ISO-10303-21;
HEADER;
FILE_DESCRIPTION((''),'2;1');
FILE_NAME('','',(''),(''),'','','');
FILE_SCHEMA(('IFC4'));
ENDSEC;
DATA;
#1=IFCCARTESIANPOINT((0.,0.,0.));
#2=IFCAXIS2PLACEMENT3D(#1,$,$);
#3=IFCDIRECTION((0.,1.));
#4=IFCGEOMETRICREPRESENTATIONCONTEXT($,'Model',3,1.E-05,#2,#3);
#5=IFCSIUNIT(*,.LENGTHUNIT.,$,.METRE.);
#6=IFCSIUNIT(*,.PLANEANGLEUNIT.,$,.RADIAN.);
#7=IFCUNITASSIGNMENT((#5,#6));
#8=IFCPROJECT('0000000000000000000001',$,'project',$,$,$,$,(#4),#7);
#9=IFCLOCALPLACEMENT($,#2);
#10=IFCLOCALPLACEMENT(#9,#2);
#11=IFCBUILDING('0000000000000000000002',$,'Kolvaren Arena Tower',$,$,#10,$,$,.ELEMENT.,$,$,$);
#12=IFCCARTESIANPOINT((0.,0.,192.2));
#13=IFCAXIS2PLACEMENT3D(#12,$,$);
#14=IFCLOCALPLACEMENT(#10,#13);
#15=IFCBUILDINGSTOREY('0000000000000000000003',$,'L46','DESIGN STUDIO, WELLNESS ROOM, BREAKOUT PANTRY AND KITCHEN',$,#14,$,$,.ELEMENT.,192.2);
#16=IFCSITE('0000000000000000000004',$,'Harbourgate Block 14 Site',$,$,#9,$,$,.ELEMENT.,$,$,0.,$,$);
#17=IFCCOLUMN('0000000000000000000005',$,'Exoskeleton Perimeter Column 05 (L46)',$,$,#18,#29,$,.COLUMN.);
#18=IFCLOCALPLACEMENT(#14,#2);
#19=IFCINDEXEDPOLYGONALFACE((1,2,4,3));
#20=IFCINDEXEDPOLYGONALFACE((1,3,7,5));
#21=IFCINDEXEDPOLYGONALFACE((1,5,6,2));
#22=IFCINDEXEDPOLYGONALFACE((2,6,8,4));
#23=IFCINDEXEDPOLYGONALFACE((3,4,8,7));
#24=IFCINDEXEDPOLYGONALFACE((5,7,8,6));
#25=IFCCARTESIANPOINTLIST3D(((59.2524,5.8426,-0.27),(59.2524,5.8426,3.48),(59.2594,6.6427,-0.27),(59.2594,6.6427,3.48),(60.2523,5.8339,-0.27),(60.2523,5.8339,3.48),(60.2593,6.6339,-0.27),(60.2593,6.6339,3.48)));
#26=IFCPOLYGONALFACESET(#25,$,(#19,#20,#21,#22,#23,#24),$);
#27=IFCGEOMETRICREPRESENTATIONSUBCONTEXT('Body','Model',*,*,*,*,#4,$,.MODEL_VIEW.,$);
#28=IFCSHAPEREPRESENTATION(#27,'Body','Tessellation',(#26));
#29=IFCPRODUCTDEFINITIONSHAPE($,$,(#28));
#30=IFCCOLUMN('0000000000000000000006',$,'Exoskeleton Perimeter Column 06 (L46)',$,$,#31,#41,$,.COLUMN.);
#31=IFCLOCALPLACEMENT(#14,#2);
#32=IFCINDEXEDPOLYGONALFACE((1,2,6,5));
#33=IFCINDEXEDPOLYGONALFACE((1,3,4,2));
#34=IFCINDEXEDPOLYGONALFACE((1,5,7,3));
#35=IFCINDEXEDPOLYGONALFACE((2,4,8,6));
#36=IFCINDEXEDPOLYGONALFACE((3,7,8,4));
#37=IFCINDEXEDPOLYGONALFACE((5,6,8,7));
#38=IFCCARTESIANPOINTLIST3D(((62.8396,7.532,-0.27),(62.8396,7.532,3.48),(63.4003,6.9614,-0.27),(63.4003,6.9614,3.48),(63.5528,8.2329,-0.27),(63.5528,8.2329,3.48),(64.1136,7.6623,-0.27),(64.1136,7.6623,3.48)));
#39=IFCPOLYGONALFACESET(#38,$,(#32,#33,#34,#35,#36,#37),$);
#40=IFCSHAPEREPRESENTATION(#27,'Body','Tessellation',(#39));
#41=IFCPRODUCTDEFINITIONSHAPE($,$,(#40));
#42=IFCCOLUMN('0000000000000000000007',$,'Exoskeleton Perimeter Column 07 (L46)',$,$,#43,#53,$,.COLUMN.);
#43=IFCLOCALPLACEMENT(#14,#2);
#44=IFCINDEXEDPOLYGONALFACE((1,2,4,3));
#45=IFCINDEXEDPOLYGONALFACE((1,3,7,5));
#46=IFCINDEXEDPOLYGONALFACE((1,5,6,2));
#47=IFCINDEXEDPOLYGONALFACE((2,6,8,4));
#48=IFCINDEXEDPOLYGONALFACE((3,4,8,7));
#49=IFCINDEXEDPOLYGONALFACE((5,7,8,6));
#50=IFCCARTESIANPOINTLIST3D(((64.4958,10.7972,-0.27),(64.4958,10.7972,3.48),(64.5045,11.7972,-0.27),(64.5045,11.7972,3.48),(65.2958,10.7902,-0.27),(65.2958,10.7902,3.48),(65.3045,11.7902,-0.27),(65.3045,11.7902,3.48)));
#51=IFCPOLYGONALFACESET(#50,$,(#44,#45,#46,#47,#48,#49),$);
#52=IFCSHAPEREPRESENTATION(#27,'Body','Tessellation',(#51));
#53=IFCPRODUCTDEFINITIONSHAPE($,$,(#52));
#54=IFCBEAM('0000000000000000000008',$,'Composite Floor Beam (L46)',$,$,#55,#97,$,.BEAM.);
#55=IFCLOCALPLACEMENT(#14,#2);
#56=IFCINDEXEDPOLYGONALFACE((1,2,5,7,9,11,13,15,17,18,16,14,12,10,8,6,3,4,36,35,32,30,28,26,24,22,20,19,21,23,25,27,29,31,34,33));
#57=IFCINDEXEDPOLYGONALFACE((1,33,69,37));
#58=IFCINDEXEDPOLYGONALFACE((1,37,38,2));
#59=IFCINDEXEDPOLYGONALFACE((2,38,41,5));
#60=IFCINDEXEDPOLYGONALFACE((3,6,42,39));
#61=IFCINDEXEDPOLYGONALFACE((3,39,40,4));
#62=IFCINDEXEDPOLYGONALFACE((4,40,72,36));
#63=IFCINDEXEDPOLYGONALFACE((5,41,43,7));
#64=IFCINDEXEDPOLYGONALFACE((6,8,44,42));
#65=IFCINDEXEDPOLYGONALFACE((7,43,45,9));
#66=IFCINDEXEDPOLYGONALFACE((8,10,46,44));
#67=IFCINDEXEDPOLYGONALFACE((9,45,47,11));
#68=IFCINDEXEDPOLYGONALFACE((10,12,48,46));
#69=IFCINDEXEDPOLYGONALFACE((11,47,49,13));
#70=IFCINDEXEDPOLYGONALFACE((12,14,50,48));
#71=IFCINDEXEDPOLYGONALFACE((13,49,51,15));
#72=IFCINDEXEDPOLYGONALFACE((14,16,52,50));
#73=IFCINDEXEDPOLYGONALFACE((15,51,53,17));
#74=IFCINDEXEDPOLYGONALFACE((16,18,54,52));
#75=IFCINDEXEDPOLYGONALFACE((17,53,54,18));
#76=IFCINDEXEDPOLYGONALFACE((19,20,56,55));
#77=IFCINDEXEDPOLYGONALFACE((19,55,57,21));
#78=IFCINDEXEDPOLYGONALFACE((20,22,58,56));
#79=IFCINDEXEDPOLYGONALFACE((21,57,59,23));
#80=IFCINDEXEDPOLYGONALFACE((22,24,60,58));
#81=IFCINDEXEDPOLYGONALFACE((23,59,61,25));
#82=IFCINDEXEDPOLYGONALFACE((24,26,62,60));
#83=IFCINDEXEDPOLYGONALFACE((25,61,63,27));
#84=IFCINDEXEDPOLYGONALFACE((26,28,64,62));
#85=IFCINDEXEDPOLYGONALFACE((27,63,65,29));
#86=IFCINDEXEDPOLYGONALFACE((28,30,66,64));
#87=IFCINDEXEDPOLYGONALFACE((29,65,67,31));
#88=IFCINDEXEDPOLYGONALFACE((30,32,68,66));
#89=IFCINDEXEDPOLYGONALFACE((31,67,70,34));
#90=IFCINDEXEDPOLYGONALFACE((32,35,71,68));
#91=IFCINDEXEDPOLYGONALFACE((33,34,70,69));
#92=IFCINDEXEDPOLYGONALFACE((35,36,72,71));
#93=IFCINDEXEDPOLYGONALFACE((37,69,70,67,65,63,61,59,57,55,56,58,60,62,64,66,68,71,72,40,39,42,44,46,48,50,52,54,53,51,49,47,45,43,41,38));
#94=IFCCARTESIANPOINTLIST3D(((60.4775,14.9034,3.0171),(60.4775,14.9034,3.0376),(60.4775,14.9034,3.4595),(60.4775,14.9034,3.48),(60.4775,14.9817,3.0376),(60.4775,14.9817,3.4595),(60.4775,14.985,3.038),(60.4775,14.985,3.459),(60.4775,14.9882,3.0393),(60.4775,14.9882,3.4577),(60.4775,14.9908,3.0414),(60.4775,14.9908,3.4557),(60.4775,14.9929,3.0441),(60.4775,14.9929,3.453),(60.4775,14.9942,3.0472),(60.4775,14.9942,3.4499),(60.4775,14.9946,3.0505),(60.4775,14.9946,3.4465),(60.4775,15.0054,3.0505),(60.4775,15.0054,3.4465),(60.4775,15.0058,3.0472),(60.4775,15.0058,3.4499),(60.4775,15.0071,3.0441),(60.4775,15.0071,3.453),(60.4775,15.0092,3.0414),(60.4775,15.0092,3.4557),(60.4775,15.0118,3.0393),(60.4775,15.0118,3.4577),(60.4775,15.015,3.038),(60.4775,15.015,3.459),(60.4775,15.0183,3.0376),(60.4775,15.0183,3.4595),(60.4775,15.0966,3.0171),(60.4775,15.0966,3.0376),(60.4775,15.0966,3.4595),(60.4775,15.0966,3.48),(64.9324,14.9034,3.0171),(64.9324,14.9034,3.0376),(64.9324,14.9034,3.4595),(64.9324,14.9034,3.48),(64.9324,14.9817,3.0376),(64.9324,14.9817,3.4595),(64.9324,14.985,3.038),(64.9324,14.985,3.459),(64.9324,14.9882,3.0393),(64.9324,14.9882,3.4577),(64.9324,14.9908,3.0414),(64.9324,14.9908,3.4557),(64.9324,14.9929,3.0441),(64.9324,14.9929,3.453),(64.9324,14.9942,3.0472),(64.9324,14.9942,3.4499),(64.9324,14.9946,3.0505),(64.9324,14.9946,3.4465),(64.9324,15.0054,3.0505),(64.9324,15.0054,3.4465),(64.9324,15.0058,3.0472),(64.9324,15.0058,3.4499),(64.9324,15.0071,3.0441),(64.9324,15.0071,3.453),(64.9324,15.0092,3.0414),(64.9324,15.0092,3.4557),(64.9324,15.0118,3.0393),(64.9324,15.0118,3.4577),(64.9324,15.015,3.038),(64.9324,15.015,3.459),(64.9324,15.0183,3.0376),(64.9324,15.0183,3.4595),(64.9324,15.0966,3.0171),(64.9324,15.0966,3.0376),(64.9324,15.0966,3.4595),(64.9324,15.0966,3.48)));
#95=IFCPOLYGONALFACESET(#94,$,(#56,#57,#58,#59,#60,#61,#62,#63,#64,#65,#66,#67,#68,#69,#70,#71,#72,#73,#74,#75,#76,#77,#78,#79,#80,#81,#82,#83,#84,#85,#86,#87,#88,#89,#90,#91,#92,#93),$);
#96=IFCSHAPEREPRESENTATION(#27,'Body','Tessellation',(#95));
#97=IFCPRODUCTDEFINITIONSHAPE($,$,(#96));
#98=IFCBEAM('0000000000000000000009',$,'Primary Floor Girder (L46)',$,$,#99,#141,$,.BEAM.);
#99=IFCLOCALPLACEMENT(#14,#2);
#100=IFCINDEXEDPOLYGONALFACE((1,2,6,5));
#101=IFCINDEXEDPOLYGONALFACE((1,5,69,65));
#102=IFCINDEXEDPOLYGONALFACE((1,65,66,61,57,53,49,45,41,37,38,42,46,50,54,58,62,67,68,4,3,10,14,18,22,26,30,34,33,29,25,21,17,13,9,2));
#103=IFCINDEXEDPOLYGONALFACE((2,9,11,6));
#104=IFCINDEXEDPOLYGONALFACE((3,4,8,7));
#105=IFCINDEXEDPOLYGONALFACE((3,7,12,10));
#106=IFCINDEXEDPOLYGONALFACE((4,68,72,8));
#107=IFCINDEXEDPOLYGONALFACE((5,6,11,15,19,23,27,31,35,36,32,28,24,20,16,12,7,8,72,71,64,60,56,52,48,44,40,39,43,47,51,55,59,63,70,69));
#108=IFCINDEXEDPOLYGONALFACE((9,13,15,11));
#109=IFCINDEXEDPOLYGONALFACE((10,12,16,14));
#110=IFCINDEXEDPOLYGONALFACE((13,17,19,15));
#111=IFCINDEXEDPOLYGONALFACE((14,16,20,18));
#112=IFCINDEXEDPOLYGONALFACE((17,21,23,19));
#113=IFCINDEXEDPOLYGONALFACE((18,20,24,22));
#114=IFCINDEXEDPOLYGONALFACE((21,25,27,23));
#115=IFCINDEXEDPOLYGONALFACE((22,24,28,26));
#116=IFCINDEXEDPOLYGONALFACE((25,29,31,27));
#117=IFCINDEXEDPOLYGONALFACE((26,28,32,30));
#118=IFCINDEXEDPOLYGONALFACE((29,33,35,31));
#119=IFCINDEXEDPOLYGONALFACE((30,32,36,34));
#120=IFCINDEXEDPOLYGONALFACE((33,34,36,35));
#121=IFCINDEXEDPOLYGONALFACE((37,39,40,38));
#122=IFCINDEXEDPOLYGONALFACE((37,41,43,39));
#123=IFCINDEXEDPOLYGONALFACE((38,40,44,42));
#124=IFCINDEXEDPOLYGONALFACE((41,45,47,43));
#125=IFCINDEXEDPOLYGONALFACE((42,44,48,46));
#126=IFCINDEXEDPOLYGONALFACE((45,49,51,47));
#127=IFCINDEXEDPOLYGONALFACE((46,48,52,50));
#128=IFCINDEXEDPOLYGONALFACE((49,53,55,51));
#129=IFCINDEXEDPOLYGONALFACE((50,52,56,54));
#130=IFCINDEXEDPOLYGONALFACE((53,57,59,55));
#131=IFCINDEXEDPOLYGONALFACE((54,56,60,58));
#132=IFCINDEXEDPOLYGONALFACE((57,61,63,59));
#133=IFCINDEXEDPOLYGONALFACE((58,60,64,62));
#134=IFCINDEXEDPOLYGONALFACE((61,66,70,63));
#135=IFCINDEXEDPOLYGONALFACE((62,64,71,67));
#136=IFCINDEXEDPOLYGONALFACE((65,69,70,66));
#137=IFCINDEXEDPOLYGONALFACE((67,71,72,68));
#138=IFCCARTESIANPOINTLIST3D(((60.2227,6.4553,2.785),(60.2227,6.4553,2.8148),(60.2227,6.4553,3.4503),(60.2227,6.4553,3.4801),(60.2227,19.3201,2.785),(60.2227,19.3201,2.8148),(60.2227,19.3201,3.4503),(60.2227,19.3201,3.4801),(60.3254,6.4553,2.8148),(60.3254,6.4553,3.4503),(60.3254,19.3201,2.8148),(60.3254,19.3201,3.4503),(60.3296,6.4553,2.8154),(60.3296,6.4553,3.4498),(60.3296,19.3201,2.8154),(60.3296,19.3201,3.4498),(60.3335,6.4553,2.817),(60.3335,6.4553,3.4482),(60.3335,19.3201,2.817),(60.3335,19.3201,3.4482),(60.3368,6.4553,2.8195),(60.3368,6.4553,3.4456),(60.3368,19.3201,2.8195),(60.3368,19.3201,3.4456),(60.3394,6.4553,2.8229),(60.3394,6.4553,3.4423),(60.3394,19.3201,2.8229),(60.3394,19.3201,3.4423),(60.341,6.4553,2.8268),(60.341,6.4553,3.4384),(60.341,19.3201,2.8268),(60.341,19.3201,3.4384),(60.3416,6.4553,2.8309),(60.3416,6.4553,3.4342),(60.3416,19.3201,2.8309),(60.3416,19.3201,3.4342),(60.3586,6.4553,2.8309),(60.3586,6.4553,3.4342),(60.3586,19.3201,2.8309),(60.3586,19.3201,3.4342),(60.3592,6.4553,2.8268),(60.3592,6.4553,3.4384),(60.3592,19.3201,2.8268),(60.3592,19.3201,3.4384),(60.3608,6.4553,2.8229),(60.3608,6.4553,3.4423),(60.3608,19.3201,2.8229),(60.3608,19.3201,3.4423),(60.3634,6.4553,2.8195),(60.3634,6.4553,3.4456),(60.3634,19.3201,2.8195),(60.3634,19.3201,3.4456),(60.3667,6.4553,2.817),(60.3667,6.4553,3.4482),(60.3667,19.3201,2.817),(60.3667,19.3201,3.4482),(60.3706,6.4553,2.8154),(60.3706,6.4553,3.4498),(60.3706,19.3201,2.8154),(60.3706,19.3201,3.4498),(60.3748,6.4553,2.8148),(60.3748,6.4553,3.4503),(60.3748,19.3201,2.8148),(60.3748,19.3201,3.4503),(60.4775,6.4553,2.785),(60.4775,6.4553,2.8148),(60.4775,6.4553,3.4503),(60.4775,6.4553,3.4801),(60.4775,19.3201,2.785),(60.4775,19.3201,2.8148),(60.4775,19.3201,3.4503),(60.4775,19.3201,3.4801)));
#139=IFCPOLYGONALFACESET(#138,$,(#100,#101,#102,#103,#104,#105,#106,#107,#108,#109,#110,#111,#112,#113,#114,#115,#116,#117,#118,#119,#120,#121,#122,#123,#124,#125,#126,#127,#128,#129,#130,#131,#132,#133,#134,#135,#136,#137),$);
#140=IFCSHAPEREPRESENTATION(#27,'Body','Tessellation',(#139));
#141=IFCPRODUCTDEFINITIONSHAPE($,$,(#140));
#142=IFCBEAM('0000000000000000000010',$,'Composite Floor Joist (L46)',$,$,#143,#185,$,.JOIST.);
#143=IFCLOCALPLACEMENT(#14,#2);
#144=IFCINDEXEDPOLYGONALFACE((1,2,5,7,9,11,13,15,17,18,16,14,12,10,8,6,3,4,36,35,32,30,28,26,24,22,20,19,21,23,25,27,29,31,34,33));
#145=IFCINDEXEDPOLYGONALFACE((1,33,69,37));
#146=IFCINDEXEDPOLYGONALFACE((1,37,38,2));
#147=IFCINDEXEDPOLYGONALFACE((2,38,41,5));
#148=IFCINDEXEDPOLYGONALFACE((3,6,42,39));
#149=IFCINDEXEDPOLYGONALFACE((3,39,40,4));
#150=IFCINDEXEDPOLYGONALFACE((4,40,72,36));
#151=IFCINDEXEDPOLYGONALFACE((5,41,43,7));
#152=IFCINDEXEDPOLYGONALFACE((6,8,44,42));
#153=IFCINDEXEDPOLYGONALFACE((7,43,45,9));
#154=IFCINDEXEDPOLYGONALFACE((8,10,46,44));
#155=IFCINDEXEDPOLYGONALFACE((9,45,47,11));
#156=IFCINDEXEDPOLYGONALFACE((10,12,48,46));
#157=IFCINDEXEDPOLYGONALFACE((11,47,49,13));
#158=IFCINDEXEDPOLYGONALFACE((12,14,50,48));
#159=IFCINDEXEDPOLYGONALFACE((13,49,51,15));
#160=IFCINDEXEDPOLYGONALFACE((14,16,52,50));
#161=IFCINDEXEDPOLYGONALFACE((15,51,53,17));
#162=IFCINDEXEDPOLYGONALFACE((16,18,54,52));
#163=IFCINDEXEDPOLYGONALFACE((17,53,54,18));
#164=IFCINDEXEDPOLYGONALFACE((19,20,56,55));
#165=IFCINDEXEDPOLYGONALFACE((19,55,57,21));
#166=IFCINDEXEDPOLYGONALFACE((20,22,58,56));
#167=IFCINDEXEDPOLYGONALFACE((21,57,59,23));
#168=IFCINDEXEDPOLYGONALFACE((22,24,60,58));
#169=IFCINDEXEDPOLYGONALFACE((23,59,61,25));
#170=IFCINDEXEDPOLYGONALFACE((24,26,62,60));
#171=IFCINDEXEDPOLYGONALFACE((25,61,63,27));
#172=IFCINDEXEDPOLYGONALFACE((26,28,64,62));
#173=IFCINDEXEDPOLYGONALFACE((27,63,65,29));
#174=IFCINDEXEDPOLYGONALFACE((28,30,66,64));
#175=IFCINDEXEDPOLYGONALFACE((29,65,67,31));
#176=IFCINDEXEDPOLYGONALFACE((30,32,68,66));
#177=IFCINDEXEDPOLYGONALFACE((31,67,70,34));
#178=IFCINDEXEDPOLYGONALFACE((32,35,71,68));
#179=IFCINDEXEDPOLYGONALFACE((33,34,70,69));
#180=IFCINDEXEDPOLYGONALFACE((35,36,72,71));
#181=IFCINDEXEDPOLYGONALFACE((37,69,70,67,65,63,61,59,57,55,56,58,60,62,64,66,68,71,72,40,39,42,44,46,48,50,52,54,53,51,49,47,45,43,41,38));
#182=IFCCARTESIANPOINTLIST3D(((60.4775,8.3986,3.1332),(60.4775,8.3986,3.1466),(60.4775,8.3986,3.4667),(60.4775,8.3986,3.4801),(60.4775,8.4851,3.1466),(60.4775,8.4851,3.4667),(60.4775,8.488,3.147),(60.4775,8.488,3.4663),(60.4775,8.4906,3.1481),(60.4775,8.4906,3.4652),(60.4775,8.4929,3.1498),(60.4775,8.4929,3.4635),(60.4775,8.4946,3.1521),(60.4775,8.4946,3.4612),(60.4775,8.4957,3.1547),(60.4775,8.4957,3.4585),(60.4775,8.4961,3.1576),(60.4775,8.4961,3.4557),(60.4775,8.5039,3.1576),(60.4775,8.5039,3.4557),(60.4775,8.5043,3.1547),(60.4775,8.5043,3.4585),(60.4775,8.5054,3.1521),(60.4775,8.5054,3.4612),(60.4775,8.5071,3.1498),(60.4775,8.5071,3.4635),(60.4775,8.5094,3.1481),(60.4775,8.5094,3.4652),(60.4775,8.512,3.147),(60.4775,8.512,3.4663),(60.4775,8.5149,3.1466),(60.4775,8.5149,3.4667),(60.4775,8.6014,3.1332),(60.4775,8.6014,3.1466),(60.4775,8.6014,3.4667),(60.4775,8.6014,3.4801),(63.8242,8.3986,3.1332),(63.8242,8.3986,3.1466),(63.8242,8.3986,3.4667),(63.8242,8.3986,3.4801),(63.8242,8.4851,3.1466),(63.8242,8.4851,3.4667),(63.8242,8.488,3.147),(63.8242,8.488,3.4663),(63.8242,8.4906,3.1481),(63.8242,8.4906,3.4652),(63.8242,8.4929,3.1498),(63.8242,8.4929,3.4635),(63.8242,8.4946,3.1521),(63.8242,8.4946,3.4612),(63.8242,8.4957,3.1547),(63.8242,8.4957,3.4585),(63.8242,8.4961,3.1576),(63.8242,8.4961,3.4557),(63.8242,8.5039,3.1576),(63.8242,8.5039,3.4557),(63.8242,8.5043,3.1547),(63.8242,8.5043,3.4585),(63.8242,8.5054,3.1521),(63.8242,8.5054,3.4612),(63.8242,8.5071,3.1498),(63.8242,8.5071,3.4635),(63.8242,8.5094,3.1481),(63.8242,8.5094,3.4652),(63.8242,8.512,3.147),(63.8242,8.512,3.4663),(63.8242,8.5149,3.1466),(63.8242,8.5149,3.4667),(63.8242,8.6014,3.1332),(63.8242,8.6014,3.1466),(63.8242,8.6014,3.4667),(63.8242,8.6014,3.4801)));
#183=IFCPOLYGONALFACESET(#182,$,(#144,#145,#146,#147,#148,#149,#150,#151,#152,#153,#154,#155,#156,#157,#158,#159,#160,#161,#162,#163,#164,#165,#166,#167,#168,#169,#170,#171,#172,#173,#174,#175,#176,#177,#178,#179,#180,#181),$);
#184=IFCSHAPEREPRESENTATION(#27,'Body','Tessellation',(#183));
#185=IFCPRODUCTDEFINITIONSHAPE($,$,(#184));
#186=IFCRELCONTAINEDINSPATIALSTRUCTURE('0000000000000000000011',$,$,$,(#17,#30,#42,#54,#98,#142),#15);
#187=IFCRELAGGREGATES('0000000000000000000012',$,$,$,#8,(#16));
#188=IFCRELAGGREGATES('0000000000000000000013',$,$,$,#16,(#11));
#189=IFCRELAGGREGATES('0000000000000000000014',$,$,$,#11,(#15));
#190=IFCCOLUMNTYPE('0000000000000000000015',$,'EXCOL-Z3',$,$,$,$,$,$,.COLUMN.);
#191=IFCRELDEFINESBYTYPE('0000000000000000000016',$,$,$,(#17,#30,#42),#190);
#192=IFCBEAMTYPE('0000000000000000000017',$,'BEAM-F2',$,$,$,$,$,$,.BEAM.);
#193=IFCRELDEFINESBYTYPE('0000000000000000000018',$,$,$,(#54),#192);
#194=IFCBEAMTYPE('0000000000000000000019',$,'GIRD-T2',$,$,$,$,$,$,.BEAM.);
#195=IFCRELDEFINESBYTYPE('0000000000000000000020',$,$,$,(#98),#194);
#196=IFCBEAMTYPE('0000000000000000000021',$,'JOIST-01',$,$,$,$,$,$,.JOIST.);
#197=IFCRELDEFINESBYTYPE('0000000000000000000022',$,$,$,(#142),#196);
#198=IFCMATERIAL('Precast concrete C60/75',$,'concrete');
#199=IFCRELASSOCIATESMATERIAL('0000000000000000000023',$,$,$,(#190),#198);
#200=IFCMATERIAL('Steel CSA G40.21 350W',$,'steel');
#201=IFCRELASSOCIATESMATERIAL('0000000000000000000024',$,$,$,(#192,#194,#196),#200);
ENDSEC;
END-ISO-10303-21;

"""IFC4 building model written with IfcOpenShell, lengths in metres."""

from ifc_helpers import new_model, si_unit, direction, frame, origin, origin_2d, place, context, subcontext, project, spatial, rectangle, i_section, extrude, material, material_profile, profile_set, type_object, element, save


model = new_model("IFC4")

# Units and contexts
model_context = context("Model", 3, precision=1e-05, world=origin(), true_north=direction((0.0, 1.0)))
body_context = subcontext(model_context, "Body", "Model", "MODEL_VIEW")
ifc_project = project(units=[si_unit("LENGTHUNIT", "METRE"), si_unit("PLANEANGLEUNIT", "RADIAN")], contexts=[model_context])

# Site, building, storey
site_placement = place(None, origin())
site = spatial("IfcSite", under=ifc_project, at=site_placement, Name="Harbourgate Block 14 Site", CompositionType="ELEMENT", RefElevation=0.0)
building_placement = place(site_placement, origin())
building = spatial("IfcBuilding", under=site, at=building_placement, Name="Kolvaren Arena Tower", CompositionType="ELEMENT")
storey_placement = place(building_placement, frame((0.0, 0.0, 192.2)))
storey = spatial("IfcBuildingStorey", under=building, at=storey_placement, Name="L46", Description="DESIGN STUDIO, WELLNESS ROOM, BREAKOUT PANTRY AND KITCHEN", CompositionType="ELEMENT", Elevation=192.2)

# Columns
ifc_material_1 = material(Name="Precast concrete C60/75", Category="concrete")
ifc_material_profile_1 = material_profile(ifc_material_1, rectangle(XDim=1.0, YDim=0.8, at=origin_2d()), Name="RC-1000x800")
ifc_profile_set_1 = profile_set([ifc_material_profile_1], Name="Precast concrete C60/75")
column_type = type_object("IfcColumnType", Name="EXCOL-Z3", PredefinedType="COLUMN", material=ifc_profile_set_1)
for number, where, z_axis, x_axis, name in (
    (1, (59.7559, 6.2383, -0.27), (0.0, 0.0, 1.0), (0.999962, -0.008727, 0.0), "Exoskeleton Perimeter Column 05 (L46)"),
    (2, (63.4766, 7.5972, -0.27), (0.0, 0.0, 1.0), (0.71325, 0.700909, 0.0), "Exoskeleton Perimeter Column 06 (L46)"),
    (3, (64.9001, 11.2937, -0.27), (0.0, 0.0, 1.0), (0.008727, 0.999962, 0.0), "Exoskeleton Perimeter Column 07 (L46)"),
):
    element("IfcColumn", number, at=place(storey_placement, frame(where, z_axis=z_axis, x_axis=x_axis)), inside=storey, type_object=column_type, Name=name, PredefinedType="COLUMN", context=body_context, shape_type="SweptSolid", body=[
        extrude(rectangle(XDim=1.0, YDim=0.8, at=origin_2d()), origin(), (0.0, 0.0, 1.0), 3.75),
    ])

# Beams
ifc_material_2 = material(Name="Steel CSA G40.21 350W", Category="steel")
ifc_material_profile_2 = material_profile(ifc_material_2, i_section(OverallWidth=0.1931, OverallDepth=0.4629, WebThickness=0.0107, FlangeThickness=0.0205, FilletRadius=0.0129, at=origin_2d()), Name="W460x113")
ifc_profile_set_2 = profile_set([ifc_material_profile_2], Name="Steel CSA G40.21 350W")
beam_type_1 = type_object("IfcBeamType", Name="BEAM-F2", PredefinedType="BEAM", material=ifc_profile_set_2)
beam_1_placement = place(storey_placement, frame((60.4775, 15.0, 3.2485), z_axis=(1.0, 0.0, 0.0), x_axis=(0.0, 1.0, 0.0)))
element("IfcBeam", 4, at=beam_1_placement, inside=storey, type_object=beam_type_1, Name="Composite Floor Beam (L46)", PredefinedType="BEAM", context=body_context, shape_type="SweptSolid", body=[
    extrude(i_section(OverallWidth=0.1931, OverallDepth=0.4629, WebThickness=0.0107, FlangeThickness=0.0205, FilletRadius=0.0129, at=origin_2d()), origin(), (0.0, 0.0, 1.0), 4.4548),
])
ifc_material_profile_3 = material_profile(ifc_material_2, i_section(OverallWidth=0.2549, OverallDepth=0.6951, WebThickness=0.0171, FlangeThickness=0.0298, FilletRadius=0.0161, at=origin_2d()), Name="W690x217")
ifc_profile_set_3 = profile_set([ifc_material_profile_3], Name="Steel CSA G40.21 350W")
beam_type_2 = type_object("IfcBeamType", Name="GIRD-T2", PredefinedType="BEAM", material=ifc_profile_set_3)
beam_2_placement = place(storey_placement, frame((60.3501, 6.4553, 3.1326), z_axis=(0.0, 1.0, 0.0), x_axis=(-1.0, 0.0, 0.0)))
element("IfcBeam", 5, at=beam_2_placement, inside=storey, type_object=beam_type_2, Name="Primary Floor Girder (L46)", PredefinedType="BEAM", context=body_context, shape_type="SweptSolid", body=[
    extrude(i_section(OverallWidth=0.2549, OverallDepth=0.6951, WebThickness=0.0171, FlangeThickness=0.0298, FilletRadius=0.0161, at=origin_2d()), origin(), (0.0, 0.0, 1.0), 12.8647),
])
ifc_material_profile_4 = material_profile(ifc_material_2, i_section(OverallWidth=0.2029, OverallDepth=0.3469, WebThickness=0.0078, FlangeThickness=0.0134, FilletRadius=0.011, at=origin_2d()), Name="W360x64")
ifc_profile_set_4 = profile_set([ifc_material_profile_4], Name="Steel CSA G40.21 350W")
beam_type_3 = type_object("IfcBeamType", Name="JOIST-01", PredefinedType="JOIST", material=ifc_profile_set_4)
beam_3_placement = place(storey_placement, frame((60.4775, 8.5, 3.3066), z_axis=(1.0, 0.0, 0.0), x_axis=(0.0, 1.0, 0.0)))
element("IfcBeam", 6, at=beam_3_placement, inside=storey, type_object=beam_type_3, Name="Composite Floor Joist (L46)", PredefinedType="JOIST", context=body_context, shape_type="SweptSolid", body=[
    extrude(i_section(OverallWidth=0.2029, OverallDepth=0.3469, WebThickness=0.0078, FlangeThickness=0.0134, FilletRadius=0.011, at=origin_2d()), origin(), (0.0, 0.0, 1.0), 3.3467),
])

save(model, "model.ifc")
